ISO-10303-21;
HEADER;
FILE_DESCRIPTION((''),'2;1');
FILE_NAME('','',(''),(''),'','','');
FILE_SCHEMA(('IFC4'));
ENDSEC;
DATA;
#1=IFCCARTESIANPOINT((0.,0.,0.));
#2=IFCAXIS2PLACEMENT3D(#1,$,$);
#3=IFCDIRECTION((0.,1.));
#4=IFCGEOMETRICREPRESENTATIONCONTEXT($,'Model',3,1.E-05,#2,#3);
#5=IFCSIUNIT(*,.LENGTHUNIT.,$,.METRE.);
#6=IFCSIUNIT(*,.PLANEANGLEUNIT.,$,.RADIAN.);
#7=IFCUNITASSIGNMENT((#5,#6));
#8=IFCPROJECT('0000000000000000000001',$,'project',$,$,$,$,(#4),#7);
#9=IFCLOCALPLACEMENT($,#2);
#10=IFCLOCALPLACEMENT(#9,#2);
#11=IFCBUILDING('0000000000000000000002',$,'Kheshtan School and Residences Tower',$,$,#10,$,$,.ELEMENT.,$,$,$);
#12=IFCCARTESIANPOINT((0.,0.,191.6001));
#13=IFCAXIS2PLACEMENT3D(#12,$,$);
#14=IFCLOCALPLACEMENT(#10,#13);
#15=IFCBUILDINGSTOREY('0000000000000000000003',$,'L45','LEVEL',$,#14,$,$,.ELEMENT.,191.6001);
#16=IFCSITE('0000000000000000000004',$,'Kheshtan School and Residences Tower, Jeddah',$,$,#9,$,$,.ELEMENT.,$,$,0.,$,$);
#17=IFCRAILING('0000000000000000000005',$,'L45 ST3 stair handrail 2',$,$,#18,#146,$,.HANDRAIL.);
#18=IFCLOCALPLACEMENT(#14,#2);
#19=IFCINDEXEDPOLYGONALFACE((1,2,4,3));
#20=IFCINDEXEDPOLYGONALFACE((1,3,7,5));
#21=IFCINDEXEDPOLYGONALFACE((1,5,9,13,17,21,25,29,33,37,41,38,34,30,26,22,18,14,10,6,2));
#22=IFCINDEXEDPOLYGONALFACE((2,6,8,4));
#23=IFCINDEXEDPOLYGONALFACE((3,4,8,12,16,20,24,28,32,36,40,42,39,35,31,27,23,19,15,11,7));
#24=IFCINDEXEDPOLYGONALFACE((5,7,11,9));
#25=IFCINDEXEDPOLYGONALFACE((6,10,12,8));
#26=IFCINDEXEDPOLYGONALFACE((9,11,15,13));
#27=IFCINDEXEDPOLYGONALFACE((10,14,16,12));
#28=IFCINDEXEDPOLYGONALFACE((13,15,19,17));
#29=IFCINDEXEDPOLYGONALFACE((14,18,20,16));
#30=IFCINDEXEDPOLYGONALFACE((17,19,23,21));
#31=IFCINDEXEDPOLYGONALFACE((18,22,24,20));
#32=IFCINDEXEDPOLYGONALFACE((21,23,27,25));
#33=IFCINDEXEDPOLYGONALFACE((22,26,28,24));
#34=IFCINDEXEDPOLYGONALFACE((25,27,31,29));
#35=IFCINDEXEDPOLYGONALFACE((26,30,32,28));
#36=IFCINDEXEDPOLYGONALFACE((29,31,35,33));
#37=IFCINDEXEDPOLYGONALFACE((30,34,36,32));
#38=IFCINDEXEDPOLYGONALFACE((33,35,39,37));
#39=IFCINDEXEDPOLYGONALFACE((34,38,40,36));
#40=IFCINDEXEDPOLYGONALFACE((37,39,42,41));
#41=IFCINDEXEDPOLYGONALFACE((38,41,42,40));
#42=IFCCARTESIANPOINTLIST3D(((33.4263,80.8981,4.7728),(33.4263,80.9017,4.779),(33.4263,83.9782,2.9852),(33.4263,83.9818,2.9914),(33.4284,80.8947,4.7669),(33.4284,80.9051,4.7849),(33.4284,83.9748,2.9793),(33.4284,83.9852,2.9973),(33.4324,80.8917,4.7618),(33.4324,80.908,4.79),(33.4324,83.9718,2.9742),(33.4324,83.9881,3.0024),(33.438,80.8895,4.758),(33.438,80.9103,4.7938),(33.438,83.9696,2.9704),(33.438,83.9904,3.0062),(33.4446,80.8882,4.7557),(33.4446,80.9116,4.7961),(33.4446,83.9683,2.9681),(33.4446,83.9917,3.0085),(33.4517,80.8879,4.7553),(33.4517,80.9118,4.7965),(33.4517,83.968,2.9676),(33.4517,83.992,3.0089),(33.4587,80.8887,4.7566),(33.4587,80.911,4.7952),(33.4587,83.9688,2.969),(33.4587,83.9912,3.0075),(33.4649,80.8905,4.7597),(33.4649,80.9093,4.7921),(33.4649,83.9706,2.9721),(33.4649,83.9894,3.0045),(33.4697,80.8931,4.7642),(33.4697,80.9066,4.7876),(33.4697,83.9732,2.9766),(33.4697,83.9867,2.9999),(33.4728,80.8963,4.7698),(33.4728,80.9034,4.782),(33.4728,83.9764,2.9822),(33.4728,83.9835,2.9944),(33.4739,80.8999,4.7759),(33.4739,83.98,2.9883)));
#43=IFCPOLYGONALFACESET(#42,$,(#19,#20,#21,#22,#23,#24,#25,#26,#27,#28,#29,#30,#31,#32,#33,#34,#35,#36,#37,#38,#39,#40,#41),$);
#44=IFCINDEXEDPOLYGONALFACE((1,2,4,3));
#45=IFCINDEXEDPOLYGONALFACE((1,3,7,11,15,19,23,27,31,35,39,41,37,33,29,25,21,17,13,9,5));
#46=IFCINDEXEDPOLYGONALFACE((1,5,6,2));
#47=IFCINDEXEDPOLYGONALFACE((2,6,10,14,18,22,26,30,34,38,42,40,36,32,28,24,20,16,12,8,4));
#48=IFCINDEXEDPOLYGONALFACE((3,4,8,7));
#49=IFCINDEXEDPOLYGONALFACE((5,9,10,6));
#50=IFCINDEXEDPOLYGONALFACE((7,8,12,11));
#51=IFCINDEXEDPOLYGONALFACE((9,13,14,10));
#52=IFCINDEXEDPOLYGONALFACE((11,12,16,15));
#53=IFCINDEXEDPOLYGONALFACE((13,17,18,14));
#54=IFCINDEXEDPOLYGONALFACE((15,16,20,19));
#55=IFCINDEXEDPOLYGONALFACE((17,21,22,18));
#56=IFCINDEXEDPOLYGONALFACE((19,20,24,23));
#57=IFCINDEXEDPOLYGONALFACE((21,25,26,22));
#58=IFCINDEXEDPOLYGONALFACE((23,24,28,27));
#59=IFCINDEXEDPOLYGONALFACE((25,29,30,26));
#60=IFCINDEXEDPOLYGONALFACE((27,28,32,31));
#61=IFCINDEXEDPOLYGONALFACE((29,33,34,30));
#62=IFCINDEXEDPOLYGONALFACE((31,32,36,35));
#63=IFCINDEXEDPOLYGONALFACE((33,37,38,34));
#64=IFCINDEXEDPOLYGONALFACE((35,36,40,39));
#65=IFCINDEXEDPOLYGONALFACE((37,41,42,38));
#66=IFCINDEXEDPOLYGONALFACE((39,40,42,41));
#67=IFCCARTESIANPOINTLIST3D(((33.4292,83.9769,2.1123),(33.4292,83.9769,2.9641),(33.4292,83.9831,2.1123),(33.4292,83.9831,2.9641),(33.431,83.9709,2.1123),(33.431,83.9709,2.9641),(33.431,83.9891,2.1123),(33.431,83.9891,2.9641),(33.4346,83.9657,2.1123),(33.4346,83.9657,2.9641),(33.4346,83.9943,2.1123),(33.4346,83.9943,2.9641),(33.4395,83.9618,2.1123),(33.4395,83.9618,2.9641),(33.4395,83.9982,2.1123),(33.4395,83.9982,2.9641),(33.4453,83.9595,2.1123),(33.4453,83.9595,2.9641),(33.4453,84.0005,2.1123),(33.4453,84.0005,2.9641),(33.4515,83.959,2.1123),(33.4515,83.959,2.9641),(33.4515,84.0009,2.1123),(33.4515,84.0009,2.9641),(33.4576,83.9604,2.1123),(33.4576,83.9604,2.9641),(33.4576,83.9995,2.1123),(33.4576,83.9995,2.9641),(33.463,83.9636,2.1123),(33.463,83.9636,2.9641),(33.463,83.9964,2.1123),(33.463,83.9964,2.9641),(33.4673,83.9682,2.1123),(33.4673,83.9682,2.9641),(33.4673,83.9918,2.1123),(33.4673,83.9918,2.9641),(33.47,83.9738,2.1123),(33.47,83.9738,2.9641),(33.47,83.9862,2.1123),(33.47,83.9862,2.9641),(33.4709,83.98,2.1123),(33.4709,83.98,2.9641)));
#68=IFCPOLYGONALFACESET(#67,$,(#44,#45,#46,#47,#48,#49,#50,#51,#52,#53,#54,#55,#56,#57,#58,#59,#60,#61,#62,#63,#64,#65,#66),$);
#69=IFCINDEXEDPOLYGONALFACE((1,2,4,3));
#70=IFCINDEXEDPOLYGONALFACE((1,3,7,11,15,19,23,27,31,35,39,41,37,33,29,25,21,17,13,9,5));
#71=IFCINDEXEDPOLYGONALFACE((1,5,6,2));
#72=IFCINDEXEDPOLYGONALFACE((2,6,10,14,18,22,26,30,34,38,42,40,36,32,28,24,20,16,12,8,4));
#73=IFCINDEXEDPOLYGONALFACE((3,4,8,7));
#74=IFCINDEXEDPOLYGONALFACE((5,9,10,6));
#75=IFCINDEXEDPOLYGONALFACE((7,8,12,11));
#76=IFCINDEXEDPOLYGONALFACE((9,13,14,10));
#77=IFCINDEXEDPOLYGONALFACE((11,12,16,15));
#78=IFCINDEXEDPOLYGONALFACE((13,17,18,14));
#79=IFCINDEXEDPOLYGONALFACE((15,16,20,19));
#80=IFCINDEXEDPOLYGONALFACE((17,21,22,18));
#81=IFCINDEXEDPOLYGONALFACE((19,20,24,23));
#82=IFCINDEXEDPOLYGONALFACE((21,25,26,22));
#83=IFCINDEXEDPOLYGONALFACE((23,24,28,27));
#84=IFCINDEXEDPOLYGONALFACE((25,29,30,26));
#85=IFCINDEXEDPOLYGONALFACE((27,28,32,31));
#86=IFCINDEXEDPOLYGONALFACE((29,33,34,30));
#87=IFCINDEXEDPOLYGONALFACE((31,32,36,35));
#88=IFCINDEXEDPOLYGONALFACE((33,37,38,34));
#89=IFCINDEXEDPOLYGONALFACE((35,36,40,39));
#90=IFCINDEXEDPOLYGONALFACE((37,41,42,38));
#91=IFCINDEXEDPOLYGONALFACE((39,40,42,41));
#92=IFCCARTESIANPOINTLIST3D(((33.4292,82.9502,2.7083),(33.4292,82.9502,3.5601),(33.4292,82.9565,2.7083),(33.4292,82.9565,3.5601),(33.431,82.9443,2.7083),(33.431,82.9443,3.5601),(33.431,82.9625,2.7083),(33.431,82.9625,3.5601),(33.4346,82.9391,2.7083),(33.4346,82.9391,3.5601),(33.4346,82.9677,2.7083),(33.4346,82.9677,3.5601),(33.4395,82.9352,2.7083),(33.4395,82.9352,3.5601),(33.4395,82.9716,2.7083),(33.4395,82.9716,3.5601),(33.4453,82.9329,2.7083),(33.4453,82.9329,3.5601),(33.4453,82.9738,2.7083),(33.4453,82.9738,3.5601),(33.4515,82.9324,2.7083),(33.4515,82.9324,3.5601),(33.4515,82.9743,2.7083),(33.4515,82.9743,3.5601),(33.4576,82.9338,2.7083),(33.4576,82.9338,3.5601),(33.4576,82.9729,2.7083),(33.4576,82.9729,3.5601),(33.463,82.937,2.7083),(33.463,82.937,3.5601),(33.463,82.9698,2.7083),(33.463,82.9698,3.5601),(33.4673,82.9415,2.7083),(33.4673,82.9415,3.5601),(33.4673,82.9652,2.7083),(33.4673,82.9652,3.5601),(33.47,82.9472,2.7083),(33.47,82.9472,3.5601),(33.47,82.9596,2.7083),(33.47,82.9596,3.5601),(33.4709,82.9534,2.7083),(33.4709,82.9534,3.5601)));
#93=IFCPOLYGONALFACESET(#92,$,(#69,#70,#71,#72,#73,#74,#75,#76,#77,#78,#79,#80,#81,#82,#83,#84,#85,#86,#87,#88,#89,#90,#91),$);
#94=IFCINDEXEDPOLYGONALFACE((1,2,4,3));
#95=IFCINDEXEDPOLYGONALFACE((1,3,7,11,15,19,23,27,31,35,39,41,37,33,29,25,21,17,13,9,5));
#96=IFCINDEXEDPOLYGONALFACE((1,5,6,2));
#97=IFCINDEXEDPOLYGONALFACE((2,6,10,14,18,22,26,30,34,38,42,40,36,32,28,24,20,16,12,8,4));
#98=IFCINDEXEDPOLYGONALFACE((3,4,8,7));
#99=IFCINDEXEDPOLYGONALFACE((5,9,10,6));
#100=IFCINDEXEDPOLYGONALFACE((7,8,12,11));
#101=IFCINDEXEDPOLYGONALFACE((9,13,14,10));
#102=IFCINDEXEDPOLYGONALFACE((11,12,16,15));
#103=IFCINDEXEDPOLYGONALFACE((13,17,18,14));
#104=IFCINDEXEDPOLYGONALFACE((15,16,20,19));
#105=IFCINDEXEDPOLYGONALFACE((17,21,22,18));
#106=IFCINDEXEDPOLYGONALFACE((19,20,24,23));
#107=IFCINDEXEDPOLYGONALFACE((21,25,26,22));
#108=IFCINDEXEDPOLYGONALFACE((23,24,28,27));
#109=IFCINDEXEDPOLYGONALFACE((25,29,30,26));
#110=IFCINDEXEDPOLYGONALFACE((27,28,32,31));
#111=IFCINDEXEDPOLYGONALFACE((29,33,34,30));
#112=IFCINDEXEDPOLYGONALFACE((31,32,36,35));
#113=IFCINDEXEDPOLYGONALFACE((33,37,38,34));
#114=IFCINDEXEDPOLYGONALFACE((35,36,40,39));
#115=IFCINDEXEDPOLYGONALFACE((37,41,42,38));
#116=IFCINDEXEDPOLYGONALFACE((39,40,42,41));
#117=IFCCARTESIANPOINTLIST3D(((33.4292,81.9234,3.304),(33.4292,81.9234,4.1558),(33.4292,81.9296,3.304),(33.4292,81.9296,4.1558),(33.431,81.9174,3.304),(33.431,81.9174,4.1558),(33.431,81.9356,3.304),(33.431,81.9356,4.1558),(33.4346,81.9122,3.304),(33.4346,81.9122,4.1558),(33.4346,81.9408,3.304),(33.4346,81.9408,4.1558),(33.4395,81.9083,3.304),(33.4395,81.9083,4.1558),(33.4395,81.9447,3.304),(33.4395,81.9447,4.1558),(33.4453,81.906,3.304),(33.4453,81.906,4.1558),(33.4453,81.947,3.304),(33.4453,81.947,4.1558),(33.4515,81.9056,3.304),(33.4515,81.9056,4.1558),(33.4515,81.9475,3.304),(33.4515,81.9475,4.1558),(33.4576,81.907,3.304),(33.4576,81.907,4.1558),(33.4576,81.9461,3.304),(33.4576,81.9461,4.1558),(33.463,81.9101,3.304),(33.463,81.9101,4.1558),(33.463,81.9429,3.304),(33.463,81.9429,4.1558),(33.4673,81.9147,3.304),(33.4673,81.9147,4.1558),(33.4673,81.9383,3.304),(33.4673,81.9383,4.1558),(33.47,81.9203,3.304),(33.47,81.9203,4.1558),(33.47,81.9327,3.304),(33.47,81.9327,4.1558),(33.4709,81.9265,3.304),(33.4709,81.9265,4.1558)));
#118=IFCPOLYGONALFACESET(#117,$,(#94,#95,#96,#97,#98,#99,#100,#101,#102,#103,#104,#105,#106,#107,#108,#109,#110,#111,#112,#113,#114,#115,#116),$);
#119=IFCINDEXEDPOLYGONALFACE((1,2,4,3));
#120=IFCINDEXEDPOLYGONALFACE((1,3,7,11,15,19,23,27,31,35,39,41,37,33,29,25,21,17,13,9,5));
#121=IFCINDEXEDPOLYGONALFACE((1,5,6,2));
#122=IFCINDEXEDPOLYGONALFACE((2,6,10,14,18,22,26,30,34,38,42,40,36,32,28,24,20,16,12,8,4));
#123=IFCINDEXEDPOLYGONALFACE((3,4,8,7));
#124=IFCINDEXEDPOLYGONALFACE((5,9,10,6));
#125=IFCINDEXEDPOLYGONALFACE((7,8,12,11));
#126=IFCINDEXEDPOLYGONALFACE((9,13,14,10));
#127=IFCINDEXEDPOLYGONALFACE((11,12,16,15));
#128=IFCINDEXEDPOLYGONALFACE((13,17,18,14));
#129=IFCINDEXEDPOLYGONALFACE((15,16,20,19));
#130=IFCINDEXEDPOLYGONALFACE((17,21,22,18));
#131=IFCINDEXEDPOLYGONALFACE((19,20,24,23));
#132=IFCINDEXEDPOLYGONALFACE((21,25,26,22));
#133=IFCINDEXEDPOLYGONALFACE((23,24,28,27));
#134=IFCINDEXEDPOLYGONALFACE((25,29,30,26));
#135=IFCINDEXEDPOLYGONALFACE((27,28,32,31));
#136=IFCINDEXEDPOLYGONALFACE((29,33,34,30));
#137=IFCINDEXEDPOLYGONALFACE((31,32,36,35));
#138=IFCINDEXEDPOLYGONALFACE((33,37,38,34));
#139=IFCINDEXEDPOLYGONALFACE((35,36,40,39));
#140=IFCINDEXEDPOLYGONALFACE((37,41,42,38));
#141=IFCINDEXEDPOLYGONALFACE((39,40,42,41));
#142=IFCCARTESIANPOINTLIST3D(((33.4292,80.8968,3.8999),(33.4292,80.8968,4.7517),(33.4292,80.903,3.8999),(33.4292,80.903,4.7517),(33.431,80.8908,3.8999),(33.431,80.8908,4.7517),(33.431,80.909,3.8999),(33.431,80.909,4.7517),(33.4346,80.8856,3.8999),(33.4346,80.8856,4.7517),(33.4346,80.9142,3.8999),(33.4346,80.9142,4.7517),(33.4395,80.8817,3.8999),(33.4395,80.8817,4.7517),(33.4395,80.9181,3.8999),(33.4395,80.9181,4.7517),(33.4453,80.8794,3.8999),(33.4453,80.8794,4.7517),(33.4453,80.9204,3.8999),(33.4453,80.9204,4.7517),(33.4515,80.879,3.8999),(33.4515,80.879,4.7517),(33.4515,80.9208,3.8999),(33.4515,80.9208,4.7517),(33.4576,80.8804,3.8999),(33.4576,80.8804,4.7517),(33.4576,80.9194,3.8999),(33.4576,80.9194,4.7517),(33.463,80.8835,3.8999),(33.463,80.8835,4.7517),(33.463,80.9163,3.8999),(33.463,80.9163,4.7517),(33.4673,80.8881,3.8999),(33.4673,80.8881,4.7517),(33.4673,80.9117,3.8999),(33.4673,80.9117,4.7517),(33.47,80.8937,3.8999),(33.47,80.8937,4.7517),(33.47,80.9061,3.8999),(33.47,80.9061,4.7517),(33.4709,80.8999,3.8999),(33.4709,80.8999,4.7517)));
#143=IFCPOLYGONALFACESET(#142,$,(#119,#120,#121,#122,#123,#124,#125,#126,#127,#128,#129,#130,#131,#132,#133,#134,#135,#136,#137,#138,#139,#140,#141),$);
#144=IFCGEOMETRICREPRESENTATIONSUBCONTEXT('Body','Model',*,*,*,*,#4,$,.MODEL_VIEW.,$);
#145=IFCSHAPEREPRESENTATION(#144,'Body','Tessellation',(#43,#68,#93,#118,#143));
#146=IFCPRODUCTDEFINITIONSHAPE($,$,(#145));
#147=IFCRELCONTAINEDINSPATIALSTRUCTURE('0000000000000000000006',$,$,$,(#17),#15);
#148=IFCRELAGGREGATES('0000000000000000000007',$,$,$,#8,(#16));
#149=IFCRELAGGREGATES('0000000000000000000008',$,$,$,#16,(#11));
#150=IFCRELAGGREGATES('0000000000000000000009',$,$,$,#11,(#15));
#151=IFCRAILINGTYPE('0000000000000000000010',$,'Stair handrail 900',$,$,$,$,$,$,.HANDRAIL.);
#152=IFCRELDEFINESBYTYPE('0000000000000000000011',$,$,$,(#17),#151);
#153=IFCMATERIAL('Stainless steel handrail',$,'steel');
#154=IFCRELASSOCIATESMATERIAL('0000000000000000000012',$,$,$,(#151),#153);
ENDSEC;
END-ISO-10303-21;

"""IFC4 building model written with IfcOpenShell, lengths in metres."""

from ifc_helpers import new_model, si_unit, direction, frame, origin, origin_2d, place, context, subcontext, project, spatial, circle, extrude, material, type_object, element, save


model = new_model("IFC4")

# Units and contexts
model_context = context("Model", 3, precision=1e-05, world=origin(), true_north=direction((0.0, 1.0)))
body_context = subcontext(model_context, "Body", "Model", "MODEL_VIEW")
ifc_project = project(units=[si_unit("LENGTHUNIT", "METRE"), si_unit("PLANEANGLEUNIT", "RADIAN")], contexts=[model_context])

# Site, building, storey
site_placement = place(None, origin())
site = spatial("IfcSite", under=ifc_project, at=site_placement, Name="Kheshtan School and Residences Tower, Jeddah", CompositionType="ELEMENT", RefElevation=0.0)
building_placement = place(site_placement, origin())
building = spatial("IfcBuilding", under=site, at=building_placement, Name="Kheshtan School and Residences Tower", CompositionType="ELEMENT")
storey_placement = place(building_placement, frame((0.0, 0.0, 191.6001)))
storey = spatial("IfcBuildingStorey", under=building, at=storey_placement, Name="L45", Description="LEVEL", CompositionType="ELEMENT", Elevation=191.6001)

# Railing
ifc_material_1 = material(Name="Stainless steel handrail", Category="steel")
railing_type_1 = type_object("IfcRailingType", Name="Stair handrail 900", PredefinedType="HANDRAIL", material=ifc_material_1)
railing_1_placement = place(storey_placement, frame((33.45, 83.98, 2.1123)))
element("IfcRailing", 1, at=railing_1_placement, inside=storey, type_object=railing_type_1, Name="L45 ST3 stair handrail 2", PredefinedType="HANDRAIL", context=body_context, shape_type="SweptSolid", body=[
    extrude(circle(Radius=0.0239, at=origin_2d()), frame((0.0, 0.0, 0.876), z_axis=(0.0, -0.864891, 0.50196), x_axis=(1.0, 0.0, 0.0)), (0.0, 0.0, 1.0), 3.5613),
    extrude(circle(Radius=0.021, at=origin_2d()), origin(), (0.0, 0.0, 1.0), 0.8518),
    extrude(circle(Radius=0.021, at=origin_2d()), frame((0.0, -1.0266, 0.5959)), (0.0, 0.0, 1.0), 0.8518),
    extrude(circle(Radius=0.021, at=origin_2d()), frame((0.0, -2.0535, 1.1917)), (0.0, 0.0, 1.0), 0.8518),
    extrude(circle(Radius=0.021, at=origin_2d()), frame((0.0, -3.0801, 1.7876)), (0.0, 0.0, 1.0), 0.8518),
])

save(model, "model.ifc")
